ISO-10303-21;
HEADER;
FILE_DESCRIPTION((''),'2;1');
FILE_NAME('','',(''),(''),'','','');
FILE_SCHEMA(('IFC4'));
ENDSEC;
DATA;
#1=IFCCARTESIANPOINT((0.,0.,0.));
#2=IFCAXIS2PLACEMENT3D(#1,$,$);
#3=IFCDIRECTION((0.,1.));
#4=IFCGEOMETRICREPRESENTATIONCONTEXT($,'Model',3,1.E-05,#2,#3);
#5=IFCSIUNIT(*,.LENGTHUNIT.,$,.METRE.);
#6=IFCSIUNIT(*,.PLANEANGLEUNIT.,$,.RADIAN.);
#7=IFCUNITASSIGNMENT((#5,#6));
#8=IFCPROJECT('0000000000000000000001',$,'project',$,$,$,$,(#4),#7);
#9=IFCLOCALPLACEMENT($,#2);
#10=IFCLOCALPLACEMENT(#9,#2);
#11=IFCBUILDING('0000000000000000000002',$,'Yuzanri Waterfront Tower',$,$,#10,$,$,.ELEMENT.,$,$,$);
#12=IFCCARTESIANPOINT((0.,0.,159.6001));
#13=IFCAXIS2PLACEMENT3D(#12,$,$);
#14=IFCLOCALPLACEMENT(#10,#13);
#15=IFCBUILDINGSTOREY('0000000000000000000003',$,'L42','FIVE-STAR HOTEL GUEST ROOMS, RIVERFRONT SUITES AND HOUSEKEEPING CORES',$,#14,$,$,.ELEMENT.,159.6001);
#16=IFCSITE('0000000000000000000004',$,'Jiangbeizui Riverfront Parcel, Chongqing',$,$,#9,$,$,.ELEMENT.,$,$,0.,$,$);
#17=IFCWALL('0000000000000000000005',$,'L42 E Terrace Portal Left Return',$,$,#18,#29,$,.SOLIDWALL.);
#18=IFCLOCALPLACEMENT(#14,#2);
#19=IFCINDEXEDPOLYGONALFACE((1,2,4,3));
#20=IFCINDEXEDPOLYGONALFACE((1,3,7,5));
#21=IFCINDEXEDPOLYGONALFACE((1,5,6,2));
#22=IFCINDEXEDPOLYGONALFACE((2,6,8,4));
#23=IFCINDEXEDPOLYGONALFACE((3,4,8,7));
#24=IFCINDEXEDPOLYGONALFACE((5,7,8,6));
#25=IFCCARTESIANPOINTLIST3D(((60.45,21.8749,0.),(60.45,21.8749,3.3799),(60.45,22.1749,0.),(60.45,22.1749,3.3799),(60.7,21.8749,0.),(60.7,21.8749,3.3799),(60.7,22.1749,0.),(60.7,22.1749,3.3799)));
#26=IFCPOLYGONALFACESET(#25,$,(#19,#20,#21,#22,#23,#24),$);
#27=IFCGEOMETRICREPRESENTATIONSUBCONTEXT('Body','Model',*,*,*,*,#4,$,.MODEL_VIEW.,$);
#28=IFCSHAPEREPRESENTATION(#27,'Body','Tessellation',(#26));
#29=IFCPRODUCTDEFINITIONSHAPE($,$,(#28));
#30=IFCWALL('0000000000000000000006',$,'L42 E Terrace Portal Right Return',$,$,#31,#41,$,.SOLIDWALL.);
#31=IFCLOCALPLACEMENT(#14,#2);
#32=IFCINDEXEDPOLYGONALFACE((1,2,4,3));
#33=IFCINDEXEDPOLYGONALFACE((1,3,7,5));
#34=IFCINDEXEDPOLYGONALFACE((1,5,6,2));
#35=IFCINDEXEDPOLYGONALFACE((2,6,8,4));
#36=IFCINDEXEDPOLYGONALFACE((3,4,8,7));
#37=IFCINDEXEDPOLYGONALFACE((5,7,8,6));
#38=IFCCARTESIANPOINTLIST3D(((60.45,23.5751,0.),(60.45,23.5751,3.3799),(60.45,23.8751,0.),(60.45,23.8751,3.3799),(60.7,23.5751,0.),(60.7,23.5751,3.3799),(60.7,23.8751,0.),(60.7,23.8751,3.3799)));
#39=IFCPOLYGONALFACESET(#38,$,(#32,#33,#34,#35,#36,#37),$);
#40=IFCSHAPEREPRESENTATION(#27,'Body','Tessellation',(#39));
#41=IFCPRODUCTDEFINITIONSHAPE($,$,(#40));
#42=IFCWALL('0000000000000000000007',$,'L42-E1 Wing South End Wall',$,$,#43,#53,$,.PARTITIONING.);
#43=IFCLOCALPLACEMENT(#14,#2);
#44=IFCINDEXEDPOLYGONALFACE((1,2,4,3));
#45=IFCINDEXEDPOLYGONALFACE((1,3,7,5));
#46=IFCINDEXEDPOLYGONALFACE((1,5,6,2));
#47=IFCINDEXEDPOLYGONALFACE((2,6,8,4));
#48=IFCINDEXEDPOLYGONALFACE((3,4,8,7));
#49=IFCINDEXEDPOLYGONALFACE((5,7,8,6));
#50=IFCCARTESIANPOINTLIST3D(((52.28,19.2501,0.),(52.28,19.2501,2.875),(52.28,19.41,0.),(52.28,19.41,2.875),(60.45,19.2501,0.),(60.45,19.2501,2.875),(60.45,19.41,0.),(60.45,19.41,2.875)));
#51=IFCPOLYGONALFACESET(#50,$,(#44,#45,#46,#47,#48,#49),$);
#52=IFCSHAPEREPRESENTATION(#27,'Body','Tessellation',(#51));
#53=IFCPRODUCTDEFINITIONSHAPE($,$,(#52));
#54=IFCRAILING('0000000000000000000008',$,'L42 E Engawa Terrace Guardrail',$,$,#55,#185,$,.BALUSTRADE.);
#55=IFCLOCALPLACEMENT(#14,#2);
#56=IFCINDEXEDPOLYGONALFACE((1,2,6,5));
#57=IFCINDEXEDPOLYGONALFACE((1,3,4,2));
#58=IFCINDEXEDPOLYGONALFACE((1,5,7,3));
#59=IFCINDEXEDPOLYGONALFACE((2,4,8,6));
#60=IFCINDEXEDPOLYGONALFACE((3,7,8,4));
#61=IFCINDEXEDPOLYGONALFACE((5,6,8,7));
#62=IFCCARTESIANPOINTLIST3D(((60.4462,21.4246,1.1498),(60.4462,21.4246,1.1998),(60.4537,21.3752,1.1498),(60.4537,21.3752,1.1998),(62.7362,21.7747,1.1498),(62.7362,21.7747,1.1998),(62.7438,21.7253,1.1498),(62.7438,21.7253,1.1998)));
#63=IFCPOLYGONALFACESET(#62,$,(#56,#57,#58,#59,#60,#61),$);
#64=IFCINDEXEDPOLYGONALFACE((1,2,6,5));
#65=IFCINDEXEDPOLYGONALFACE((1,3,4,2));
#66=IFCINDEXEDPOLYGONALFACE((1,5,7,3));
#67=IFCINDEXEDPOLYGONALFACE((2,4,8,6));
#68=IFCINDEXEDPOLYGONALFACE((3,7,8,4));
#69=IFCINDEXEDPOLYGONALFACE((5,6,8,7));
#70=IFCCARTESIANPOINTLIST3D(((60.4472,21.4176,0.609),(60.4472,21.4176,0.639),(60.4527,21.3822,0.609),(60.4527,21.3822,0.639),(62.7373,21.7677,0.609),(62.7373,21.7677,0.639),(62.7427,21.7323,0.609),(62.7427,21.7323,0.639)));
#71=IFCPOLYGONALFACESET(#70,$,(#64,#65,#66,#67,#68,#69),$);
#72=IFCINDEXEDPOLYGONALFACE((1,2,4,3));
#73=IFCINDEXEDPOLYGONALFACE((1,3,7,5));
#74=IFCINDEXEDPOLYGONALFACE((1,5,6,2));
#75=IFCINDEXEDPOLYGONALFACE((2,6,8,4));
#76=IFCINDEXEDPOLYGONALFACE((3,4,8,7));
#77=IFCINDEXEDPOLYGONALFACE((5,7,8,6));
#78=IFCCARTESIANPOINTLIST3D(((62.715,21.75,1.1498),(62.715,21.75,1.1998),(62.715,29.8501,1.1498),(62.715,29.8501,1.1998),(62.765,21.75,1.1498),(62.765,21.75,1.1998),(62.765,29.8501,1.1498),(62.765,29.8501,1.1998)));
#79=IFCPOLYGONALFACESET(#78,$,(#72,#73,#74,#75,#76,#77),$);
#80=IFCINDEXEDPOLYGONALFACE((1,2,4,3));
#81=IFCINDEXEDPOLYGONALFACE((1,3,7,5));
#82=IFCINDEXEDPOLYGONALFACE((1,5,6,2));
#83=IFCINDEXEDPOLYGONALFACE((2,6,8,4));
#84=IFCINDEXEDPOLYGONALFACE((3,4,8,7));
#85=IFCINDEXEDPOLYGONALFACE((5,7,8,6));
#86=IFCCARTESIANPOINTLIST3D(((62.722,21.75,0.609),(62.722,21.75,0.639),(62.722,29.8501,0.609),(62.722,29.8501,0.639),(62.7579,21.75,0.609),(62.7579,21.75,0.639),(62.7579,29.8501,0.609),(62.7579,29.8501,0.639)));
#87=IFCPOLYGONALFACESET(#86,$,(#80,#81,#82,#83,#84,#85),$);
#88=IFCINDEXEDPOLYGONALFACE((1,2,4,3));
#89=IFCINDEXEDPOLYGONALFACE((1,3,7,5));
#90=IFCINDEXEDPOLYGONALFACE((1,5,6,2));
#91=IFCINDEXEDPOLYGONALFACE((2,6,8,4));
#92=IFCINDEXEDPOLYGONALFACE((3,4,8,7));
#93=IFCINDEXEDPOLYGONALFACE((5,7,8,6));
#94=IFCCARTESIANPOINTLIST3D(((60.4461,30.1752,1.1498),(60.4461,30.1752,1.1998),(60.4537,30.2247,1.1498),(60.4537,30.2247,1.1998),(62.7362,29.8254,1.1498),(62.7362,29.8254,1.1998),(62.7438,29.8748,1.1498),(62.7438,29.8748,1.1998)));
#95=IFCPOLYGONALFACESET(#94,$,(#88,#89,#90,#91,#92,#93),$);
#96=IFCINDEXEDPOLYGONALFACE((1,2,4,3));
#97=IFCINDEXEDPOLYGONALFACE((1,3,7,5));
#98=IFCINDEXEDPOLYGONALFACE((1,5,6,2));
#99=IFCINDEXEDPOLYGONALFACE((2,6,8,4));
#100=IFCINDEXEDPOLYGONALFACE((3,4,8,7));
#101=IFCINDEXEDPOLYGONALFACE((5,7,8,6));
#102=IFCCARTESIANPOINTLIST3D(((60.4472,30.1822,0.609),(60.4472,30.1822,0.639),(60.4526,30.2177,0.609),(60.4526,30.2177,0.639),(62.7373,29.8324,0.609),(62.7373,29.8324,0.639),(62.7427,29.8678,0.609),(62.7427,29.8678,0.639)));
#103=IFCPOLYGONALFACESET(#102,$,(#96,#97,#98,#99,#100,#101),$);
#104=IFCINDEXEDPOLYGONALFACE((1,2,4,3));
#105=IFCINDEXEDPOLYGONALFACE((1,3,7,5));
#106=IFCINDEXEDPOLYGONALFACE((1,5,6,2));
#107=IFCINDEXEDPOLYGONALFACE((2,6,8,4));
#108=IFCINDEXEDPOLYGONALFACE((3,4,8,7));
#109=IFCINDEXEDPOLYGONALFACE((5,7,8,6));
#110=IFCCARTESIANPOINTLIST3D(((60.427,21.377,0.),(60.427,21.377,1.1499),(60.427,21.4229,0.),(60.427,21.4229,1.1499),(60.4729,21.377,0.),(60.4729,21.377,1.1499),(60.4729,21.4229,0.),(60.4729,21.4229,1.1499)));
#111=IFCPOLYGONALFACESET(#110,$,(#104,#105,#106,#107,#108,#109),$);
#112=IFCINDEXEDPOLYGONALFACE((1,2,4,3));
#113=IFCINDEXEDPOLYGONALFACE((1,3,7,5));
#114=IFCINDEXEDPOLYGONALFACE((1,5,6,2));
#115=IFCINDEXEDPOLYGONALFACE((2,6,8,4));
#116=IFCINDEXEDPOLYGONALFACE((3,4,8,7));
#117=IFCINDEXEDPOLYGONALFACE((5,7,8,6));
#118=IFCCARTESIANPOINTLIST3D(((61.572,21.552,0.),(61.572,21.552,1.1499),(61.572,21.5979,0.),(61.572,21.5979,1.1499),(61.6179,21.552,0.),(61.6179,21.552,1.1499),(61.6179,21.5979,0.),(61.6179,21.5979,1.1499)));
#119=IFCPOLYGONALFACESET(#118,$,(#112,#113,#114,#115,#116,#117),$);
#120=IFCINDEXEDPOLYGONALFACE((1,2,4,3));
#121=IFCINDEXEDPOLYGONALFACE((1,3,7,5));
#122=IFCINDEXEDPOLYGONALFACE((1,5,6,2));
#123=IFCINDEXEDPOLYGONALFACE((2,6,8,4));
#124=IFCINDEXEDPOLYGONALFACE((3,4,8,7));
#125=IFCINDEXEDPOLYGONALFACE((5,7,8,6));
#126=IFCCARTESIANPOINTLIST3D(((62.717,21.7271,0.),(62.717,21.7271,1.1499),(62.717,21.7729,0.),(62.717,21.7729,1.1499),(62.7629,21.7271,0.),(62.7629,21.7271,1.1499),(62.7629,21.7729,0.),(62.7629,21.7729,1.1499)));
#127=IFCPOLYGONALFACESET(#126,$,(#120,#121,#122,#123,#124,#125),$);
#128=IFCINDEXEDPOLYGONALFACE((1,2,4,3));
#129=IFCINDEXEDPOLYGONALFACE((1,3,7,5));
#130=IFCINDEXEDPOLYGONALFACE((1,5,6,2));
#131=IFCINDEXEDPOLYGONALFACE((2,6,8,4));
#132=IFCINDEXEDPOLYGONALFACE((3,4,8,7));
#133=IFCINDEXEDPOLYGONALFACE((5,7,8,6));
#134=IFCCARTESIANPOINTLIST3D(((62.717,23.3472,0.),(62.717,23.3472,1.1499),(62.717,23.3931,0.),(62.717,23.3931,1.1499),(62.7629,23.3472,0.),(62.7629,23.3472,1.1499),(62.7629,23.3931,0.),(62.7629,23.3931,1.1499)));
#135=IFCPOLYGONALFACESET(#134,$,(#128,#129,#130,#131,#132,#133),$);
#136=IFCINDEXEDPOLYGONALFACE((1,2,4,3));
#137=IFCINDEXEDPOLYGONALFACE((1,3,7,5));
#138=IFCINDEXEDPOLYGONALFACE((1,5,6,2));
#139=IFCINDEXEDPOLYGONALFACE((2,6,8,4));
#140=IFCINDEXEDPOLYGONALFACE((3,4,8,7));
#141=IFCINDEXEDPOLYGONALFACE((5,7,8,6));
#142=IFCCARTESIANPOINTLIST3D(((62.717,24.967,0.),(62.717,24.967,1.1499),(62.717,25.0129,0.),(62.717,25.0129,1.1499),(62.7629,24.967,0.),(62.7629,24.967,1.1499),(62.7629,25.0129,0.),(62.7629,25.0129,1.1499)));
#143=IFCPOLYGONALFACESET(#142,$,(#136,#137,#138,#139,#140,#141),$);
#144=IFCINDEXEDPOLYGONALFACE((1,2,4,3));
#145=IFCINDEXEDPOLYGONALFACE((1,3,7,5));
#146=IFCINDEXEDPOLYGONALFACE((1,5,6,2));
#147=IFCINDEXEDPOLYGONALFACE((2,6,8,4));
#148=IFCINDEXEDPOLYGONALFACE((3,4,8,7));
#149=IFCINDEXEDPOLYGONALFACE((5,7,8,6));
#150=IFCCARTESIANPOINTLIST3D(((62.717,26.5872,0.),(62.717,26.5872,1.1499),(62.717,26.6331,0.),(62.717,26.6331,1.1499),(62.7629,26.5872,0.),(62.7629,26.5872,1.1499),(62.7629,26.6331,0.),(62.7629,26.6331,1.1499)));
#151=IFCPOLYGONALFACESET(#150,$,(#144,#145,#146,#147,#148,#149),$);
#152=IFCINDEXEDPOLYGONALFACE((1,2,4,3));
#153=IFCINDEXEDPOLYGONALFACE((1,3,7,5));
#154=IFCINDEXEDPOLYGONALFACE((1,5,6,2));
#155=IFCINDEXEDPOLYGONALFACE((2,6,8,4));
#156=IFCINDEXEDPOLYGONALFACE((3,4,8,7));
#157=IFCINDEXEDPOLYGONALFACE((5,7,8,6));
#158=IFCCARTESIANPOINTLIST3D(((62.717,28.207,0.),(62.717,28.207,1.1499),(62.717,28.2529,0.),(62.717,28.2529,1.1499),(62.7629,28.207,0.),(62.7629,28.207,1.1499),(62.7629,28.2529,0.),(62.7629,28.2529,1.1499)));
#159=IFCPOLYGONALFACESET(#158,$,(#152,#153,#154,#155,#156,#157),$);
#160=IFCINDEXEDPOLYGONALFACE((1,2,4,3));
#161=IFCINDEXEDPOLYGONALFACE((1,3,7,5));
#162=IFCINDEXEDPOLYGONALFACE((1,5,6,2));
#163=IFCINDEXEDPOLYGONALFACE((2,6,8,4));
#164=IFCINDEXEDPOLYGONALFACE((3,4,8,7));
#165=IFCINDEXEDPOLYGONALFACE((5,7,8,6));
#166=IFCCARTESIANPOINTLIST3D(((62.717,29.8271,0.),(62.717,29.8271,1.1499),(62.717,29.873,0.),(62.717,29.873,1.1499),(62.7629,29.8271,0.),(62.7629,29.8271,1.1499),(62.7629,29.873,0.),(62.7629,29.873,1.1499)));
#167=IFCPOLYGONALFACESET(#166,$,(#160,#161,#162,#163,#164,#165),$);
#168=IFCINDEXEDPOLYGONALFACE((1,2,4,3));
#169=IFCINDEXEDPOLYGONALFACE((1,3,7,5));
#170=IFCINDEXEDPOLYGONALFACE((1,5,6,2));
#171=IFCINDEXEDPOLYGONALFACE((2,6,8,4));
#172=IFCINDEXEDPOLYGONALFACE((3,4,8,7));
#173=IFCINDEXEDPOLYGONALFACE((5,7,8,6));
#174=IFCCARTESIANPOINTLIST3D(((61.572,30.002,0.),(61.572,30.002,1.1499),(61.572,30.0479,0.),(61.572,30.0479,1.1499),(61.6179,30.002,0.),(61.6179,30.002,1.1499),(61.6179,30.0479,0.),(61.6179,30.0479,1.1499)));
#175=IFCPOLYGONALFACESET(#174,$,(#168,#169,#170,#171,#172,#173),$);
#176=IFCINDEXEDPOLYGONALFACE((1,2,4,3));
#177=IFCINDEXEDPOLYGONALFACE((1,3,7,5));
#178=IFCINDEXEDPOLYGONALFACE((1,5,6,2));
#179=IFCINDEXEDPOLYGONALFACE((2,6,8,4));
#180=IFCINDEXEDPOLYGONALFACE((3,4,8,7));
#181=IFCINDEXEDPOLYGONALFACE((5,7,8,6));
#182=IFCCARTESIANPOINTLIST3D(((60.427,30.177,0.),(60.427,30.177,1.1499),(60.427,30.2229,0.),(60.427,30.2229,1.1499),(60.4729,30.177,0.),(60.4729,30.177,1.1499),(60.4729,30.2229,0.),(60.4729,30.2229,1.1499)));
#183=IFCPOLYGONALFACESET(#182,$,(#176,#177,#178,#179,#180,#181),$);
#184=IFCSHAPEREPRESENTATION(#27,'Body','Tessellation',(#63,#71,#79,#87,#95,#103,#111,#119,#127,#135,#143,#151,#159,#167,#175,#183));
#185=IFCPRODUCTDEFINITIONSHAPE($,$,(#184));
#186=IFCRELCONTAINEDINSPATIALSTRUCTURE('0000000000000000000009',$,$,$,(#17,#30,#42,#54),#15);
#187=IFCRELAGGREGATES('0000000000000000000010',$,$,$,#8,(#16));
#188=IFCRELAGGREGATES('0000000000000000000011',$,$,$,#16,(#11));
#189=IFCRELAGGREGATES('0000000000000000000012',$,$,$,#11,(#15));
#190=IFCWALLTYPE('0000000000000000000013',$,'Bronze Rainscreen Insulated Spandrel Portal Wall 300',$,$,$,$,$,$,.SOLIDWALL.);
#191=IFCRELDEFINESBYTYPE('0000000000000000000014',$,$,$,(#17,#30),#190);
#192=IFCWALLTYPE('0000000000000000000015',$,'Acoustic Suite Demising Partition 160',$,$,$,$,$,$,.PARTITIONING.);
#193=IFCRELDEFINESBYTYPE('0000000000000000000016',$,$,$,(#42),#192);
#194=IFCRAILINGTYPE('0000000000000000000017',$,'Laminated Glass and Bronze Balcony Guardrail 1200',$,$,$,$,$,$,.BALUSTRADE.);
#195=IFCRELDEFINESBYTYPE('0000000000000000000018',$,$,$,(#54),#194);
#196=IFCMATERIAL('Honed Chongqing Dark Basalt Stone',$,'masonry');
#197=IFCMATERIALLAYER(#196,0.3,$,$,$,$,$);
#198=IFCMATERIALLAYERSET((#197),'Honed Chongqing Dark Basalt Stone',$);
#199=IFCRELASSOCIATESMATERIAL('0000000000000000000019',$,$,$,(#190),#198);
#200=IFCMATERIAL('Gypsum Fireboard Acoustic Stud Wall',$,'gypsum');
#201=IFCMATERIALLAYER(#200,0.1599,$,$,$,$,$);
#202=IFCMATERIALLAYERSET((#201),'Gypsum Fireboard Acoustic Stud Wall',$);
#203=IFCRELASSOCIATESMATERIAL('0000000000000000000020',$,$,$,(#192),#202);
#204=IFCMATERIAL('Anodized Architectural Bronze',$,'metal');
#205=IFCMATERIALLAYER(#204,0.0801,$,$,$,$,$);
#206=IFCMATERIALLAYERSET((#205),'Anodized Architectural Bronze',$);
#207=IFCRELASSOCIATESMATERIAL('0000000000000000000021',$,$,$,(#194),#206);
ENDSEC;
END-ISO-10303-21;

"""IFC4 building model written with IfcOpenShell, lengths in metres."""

from ifc_helpers import new_model, si_unit, direction, frame, frame_2d, origin, origin_2d, place, context, subcontext, project, spatial, rectangle, extrude, source, transform, mapped, material, layer, layer_set, type_object, element, save


model = new_model("IFC4")

# Units and contexts
model_context = context("Model", 3, precision=1e-05, world=origin(), true_north=direction((0.0, 1.0)))
body_context = subcontext(model_context, "Body", "Model", "MODEL_VIEW")
ifc_project = project(units=[si_unit("LENGTHUNIT", "METRE"), si_unit("PLANEANGLEUNIT", "RADIAN")], contexts=[model_context])

# Site, building, storey
site_placement = place(None, origin())
site = spatial("IfcSite", under=ifc_project, at=site_placement, Name="Jiangbeizui Riverfront Parcel, Chongqing", CompositionType="ELEMENT", RefElevation=0.0)
building_placement = place(site_placement, origin())
building = spatial("IfcBuilding", under=site, at=building_placement, Name="Yuzanri Waterfront Tower", CompositionType="ELEMENT")
storey_placement = place(building_placement, frame((0.0, 0.0, 159.6001)))
storey = spatial("IfcBuildingStorey", under=building, at=storey_placement, Name="L42", Description="FIVE-STAR HOTEL GUEST ROOMS, RIVERFRONT SUITES AND HOUSEKEEPING CORES", CompositionType="ELEMENT", Elevation=159.6001)

# Shared definitions
ifc_material_1 = material(Name="Honed Chongqing Dark Basalt Stone", Category="masonry")
ifc_layer_1 = layer(ifc_material_1, 0.3)
ifc_layer_set_1 = layer_set([ifc_layer_1], Name="Honed Chongqing Dark Basalt Stone")
wall_type_1 = type_object("IfcWallType", Name="Bronze Rainscreen Insulated Spandrel Portal Wall 300", PredefinedType="SOLIDWALL", material=ifc_layer_set_1)

# Walls
shared_shape_1 = source(origin(), body_context, "Body", "SweptSolid", [
    extrude(rectangle(XDim=0.25, YDim=0.3, at=frame_2d((0.125, 0.0))), origin(), (0.0, 0.0, 1.0), 3.3799),
])
for number, where, z_axis, x_axis, name in (
    (1, (60.45, 22.0249, 0.0), (0.0, 0.0, 1.0), (1.0, 0.0, 0.0), "L42 E Terrace Portal Left Return"),
    (2, (60.7, 23.7251, 0.0), (0.0, 0.0, 1.0), (-1.0, 0.0, 0.0), "L42 E Terrace Portal Right Return"),
):
    element("IfcWall", number, at=place(storey_placement, frame(where, z_axis=z_axis, x_axis=x_axis)), inside=storey, type_object=wall_type_1, Name=name, PredefinedType="SOLIDWALL", context=body_context, shape_type="MappedRepresentation", body=[
        mapped(shared_shape_1, transform((0.0, 0.0, 0.0), scale=1.0)),
    ])
ifc_material_2 = material(Name="Gypsum Fireboard Acoustic Stud Wall", Category="gypsum")
ifc_layer_2 = layer(ifc_material_2, 0.1599)
ifc_layer_set_2 = layer_set([ifc_layer_2], Name="Gypsum Fireboard Acoustic Stud Wall")
wall_type_2 = type_object("IfcWallType", Name="Acoustic Suite Demising Partition 160", PredefinedType="PARTITIONING", material=ifc_layer_set_2)
shared_shape_2 = source(origin(), body_context, "Body", "SweptSolid", [
    extrude(rectangle(XDim=8.1699, YDim=0.1599, at=frame_2d((4.085, 0.0))), origin(), (0.0, 0.0, 1.0), 2.875),
])
wall_1_placement = place(storey_placement, frame((52.28, 19.3301, 0.0), z_axis=(0.0, 0.0, 1.0), x_axis=(1.0, 0.0, 0.0)))
element("IfcWall", 3, at=wall_1_placement, inside=storey, type_object=wall_type_2, Name="L42-E1 Wing South End Wall", PredefinedType="PARTITIONING", context=body_context, shape_type="MappedRepresentation", body=[
    mapped(shared_shape_2, transform((0.0, 0.0, 0.0), scale=1.0)),
])

# Railing
ifc_material_3 = material(Name="Anodized Architectural Bronze", Category="metal")
ifc_layer_3 = layer(ifc_material_3, 0.0801)
ifc_layer_set_3 = layer_set([ifc_layer_3], Name="Anodized Architectural Bronze")
railing_type = type_object("IfcRailingType", Name="Laminated Glass and Bronze Balcony Guardrail 1200", PredefinedType="BALUSTRADE", material=ifc_layer_set_3)
shared_shape_3 = source(origin(), body_context, "Body", "SweptSolid", [
    extrude(rectangle(XDim=0.05, YDim=0.05, at=origin_2d()), frame((0.0, 0.0, 1.1748), z_axis=(0.988515, 0.151123, 0.0), x_axis=(-0.151123, 0.988515, 0.0)), (0.0, 0.0, 1.0), 2.3167),
    extrude(rectangle(XDim=0.0359, YDim=0.03, at=origin_2d()), frame((0.0, 0.0, 0.624), z_axis=(0.988515, 0.151123, 0.0), x_axis=(-0.151123, 0.988515, 0.0)), (0.0, 0.0, 1.0), 2.3167),
    extrude(rectangle(XDim=0.05, YDim=0.05, at=origin_2d()), frame((2.29, 0.3501, 1.1748), z_axis=(0.0, 1.0, 0.0), x_axis=(-1.0, 0.0, 0.0)), (0.0, 0.0, 1.0), 8.1001),
    extrude(rectangle(XDim=0.0359, YDim=0.03, at=origin_2d()), frame((2.29, 0.3501, 0.624), z_axis=(0.0, 1.0, 0.0), x_axis=(-1.0, 0.0, 0.0)), (0.0, 0.0, 1.0), 8.1001),
    extrude(rectangle(XDim=0.05, YDim=0.05, at=origin_2d()), frame((2.29, 8.4502, 1.1748), z_axis=(-0.988531, 0.15102, 0.0), x_axis=(-0.15102, -0.988531, 0.0)), (0.0, 0.0, 1.0), 2.3167),
    extrude(rectangle(XDim=0.0359, YDim=0.03, at=origin_2d()), frame((2.29, 8.4502, 0.624), z_axis=(-0.988531, 0.15102, 0.0), x_axis=(-0.15102, -0.988531, 0.0)), (0.0, 0.0, 1.0), 2.3167),
    extrude(rectangle(XDim=0.0459, YDim=0.0459, at=origin_2d()), origin(), (0.0, 0.0, 1.0), 1.1499),
    extrude(rectangle(XDim=0.0459, YDim=0.0459, at=origin_2d()), frame((1.145, 0.175, 0.0)), (0.0, 0.0, 1.0), 1.1499),
    extrude(rectangle(XDim=0.0459, YDim=0.0459, at=origin_2d()), frame((2.29, 0.3501, 0.0)), (0.0, 0.0, 1.0), 1.1499),
    extrude(rectangle(XDim=0.0459, YDim=0.0459, at=origin_2d()), frame((2.29, 1.9702, 0.0)), (0.0, 0.0, 1.0), 1.1499),
    extrude(rectangle(XDim=0.0459, YDim=0.0459, at=origin_2d()), frame((2.29, 3.5901, 0.0)), (0.0, 0.0, 1.0), 1.1499),
    extrude(rectangle(XDim=0.0459, YDim=0.0459, at=origin_2d()), frame((2.29, 5.2102, 0.0)), (0.0, 0.0, 1.0), 1.1499),
    extrude(rectangle(XDim=0.0459, YDim=0.0459, at=origin_2d()), frame((2.29, 6.8301, 0.0)), (0.0, 0.0, 1.0), 1.1499),
    extrude(rectangle(XDim=0.0459, YDim=0.0459, at=origin_2d()), frame((2.29, 8.4502, 0.0)), (0.0, 0.0, 1.0), 1.1499),
    extrude(rectangle(XDim=0.0459, YDim=0.0459, at=origin_2d()), frame((1.145, 8.625, 0.0)), (0.0, 0.0, 1.0), 1.1499),
    extrude(rectangle(XDim=0.0459, YDim=0.0459, at=origin_2d()), frame((0.0, 8.8, 0.0)), (0.0, 0.0, 1.0), 1.1499),
])
railing_placement = place(storey_placement, frame((60.45, 21.3999, 0.0)))
element("IfcRailing", 4, at=railing_placement, inside=storey, type_object=railing_type, Name="L42 E Engawa Terrace Guardrail", PredefinedType="BALUSTRADE", context=body_context, shape_type="MappedRepresentation", body=[
    mapped(shared_shape_3, transform((0.0, 0.0, 0.0), scale=1.0)),
])

save(model, "model.ifc")
